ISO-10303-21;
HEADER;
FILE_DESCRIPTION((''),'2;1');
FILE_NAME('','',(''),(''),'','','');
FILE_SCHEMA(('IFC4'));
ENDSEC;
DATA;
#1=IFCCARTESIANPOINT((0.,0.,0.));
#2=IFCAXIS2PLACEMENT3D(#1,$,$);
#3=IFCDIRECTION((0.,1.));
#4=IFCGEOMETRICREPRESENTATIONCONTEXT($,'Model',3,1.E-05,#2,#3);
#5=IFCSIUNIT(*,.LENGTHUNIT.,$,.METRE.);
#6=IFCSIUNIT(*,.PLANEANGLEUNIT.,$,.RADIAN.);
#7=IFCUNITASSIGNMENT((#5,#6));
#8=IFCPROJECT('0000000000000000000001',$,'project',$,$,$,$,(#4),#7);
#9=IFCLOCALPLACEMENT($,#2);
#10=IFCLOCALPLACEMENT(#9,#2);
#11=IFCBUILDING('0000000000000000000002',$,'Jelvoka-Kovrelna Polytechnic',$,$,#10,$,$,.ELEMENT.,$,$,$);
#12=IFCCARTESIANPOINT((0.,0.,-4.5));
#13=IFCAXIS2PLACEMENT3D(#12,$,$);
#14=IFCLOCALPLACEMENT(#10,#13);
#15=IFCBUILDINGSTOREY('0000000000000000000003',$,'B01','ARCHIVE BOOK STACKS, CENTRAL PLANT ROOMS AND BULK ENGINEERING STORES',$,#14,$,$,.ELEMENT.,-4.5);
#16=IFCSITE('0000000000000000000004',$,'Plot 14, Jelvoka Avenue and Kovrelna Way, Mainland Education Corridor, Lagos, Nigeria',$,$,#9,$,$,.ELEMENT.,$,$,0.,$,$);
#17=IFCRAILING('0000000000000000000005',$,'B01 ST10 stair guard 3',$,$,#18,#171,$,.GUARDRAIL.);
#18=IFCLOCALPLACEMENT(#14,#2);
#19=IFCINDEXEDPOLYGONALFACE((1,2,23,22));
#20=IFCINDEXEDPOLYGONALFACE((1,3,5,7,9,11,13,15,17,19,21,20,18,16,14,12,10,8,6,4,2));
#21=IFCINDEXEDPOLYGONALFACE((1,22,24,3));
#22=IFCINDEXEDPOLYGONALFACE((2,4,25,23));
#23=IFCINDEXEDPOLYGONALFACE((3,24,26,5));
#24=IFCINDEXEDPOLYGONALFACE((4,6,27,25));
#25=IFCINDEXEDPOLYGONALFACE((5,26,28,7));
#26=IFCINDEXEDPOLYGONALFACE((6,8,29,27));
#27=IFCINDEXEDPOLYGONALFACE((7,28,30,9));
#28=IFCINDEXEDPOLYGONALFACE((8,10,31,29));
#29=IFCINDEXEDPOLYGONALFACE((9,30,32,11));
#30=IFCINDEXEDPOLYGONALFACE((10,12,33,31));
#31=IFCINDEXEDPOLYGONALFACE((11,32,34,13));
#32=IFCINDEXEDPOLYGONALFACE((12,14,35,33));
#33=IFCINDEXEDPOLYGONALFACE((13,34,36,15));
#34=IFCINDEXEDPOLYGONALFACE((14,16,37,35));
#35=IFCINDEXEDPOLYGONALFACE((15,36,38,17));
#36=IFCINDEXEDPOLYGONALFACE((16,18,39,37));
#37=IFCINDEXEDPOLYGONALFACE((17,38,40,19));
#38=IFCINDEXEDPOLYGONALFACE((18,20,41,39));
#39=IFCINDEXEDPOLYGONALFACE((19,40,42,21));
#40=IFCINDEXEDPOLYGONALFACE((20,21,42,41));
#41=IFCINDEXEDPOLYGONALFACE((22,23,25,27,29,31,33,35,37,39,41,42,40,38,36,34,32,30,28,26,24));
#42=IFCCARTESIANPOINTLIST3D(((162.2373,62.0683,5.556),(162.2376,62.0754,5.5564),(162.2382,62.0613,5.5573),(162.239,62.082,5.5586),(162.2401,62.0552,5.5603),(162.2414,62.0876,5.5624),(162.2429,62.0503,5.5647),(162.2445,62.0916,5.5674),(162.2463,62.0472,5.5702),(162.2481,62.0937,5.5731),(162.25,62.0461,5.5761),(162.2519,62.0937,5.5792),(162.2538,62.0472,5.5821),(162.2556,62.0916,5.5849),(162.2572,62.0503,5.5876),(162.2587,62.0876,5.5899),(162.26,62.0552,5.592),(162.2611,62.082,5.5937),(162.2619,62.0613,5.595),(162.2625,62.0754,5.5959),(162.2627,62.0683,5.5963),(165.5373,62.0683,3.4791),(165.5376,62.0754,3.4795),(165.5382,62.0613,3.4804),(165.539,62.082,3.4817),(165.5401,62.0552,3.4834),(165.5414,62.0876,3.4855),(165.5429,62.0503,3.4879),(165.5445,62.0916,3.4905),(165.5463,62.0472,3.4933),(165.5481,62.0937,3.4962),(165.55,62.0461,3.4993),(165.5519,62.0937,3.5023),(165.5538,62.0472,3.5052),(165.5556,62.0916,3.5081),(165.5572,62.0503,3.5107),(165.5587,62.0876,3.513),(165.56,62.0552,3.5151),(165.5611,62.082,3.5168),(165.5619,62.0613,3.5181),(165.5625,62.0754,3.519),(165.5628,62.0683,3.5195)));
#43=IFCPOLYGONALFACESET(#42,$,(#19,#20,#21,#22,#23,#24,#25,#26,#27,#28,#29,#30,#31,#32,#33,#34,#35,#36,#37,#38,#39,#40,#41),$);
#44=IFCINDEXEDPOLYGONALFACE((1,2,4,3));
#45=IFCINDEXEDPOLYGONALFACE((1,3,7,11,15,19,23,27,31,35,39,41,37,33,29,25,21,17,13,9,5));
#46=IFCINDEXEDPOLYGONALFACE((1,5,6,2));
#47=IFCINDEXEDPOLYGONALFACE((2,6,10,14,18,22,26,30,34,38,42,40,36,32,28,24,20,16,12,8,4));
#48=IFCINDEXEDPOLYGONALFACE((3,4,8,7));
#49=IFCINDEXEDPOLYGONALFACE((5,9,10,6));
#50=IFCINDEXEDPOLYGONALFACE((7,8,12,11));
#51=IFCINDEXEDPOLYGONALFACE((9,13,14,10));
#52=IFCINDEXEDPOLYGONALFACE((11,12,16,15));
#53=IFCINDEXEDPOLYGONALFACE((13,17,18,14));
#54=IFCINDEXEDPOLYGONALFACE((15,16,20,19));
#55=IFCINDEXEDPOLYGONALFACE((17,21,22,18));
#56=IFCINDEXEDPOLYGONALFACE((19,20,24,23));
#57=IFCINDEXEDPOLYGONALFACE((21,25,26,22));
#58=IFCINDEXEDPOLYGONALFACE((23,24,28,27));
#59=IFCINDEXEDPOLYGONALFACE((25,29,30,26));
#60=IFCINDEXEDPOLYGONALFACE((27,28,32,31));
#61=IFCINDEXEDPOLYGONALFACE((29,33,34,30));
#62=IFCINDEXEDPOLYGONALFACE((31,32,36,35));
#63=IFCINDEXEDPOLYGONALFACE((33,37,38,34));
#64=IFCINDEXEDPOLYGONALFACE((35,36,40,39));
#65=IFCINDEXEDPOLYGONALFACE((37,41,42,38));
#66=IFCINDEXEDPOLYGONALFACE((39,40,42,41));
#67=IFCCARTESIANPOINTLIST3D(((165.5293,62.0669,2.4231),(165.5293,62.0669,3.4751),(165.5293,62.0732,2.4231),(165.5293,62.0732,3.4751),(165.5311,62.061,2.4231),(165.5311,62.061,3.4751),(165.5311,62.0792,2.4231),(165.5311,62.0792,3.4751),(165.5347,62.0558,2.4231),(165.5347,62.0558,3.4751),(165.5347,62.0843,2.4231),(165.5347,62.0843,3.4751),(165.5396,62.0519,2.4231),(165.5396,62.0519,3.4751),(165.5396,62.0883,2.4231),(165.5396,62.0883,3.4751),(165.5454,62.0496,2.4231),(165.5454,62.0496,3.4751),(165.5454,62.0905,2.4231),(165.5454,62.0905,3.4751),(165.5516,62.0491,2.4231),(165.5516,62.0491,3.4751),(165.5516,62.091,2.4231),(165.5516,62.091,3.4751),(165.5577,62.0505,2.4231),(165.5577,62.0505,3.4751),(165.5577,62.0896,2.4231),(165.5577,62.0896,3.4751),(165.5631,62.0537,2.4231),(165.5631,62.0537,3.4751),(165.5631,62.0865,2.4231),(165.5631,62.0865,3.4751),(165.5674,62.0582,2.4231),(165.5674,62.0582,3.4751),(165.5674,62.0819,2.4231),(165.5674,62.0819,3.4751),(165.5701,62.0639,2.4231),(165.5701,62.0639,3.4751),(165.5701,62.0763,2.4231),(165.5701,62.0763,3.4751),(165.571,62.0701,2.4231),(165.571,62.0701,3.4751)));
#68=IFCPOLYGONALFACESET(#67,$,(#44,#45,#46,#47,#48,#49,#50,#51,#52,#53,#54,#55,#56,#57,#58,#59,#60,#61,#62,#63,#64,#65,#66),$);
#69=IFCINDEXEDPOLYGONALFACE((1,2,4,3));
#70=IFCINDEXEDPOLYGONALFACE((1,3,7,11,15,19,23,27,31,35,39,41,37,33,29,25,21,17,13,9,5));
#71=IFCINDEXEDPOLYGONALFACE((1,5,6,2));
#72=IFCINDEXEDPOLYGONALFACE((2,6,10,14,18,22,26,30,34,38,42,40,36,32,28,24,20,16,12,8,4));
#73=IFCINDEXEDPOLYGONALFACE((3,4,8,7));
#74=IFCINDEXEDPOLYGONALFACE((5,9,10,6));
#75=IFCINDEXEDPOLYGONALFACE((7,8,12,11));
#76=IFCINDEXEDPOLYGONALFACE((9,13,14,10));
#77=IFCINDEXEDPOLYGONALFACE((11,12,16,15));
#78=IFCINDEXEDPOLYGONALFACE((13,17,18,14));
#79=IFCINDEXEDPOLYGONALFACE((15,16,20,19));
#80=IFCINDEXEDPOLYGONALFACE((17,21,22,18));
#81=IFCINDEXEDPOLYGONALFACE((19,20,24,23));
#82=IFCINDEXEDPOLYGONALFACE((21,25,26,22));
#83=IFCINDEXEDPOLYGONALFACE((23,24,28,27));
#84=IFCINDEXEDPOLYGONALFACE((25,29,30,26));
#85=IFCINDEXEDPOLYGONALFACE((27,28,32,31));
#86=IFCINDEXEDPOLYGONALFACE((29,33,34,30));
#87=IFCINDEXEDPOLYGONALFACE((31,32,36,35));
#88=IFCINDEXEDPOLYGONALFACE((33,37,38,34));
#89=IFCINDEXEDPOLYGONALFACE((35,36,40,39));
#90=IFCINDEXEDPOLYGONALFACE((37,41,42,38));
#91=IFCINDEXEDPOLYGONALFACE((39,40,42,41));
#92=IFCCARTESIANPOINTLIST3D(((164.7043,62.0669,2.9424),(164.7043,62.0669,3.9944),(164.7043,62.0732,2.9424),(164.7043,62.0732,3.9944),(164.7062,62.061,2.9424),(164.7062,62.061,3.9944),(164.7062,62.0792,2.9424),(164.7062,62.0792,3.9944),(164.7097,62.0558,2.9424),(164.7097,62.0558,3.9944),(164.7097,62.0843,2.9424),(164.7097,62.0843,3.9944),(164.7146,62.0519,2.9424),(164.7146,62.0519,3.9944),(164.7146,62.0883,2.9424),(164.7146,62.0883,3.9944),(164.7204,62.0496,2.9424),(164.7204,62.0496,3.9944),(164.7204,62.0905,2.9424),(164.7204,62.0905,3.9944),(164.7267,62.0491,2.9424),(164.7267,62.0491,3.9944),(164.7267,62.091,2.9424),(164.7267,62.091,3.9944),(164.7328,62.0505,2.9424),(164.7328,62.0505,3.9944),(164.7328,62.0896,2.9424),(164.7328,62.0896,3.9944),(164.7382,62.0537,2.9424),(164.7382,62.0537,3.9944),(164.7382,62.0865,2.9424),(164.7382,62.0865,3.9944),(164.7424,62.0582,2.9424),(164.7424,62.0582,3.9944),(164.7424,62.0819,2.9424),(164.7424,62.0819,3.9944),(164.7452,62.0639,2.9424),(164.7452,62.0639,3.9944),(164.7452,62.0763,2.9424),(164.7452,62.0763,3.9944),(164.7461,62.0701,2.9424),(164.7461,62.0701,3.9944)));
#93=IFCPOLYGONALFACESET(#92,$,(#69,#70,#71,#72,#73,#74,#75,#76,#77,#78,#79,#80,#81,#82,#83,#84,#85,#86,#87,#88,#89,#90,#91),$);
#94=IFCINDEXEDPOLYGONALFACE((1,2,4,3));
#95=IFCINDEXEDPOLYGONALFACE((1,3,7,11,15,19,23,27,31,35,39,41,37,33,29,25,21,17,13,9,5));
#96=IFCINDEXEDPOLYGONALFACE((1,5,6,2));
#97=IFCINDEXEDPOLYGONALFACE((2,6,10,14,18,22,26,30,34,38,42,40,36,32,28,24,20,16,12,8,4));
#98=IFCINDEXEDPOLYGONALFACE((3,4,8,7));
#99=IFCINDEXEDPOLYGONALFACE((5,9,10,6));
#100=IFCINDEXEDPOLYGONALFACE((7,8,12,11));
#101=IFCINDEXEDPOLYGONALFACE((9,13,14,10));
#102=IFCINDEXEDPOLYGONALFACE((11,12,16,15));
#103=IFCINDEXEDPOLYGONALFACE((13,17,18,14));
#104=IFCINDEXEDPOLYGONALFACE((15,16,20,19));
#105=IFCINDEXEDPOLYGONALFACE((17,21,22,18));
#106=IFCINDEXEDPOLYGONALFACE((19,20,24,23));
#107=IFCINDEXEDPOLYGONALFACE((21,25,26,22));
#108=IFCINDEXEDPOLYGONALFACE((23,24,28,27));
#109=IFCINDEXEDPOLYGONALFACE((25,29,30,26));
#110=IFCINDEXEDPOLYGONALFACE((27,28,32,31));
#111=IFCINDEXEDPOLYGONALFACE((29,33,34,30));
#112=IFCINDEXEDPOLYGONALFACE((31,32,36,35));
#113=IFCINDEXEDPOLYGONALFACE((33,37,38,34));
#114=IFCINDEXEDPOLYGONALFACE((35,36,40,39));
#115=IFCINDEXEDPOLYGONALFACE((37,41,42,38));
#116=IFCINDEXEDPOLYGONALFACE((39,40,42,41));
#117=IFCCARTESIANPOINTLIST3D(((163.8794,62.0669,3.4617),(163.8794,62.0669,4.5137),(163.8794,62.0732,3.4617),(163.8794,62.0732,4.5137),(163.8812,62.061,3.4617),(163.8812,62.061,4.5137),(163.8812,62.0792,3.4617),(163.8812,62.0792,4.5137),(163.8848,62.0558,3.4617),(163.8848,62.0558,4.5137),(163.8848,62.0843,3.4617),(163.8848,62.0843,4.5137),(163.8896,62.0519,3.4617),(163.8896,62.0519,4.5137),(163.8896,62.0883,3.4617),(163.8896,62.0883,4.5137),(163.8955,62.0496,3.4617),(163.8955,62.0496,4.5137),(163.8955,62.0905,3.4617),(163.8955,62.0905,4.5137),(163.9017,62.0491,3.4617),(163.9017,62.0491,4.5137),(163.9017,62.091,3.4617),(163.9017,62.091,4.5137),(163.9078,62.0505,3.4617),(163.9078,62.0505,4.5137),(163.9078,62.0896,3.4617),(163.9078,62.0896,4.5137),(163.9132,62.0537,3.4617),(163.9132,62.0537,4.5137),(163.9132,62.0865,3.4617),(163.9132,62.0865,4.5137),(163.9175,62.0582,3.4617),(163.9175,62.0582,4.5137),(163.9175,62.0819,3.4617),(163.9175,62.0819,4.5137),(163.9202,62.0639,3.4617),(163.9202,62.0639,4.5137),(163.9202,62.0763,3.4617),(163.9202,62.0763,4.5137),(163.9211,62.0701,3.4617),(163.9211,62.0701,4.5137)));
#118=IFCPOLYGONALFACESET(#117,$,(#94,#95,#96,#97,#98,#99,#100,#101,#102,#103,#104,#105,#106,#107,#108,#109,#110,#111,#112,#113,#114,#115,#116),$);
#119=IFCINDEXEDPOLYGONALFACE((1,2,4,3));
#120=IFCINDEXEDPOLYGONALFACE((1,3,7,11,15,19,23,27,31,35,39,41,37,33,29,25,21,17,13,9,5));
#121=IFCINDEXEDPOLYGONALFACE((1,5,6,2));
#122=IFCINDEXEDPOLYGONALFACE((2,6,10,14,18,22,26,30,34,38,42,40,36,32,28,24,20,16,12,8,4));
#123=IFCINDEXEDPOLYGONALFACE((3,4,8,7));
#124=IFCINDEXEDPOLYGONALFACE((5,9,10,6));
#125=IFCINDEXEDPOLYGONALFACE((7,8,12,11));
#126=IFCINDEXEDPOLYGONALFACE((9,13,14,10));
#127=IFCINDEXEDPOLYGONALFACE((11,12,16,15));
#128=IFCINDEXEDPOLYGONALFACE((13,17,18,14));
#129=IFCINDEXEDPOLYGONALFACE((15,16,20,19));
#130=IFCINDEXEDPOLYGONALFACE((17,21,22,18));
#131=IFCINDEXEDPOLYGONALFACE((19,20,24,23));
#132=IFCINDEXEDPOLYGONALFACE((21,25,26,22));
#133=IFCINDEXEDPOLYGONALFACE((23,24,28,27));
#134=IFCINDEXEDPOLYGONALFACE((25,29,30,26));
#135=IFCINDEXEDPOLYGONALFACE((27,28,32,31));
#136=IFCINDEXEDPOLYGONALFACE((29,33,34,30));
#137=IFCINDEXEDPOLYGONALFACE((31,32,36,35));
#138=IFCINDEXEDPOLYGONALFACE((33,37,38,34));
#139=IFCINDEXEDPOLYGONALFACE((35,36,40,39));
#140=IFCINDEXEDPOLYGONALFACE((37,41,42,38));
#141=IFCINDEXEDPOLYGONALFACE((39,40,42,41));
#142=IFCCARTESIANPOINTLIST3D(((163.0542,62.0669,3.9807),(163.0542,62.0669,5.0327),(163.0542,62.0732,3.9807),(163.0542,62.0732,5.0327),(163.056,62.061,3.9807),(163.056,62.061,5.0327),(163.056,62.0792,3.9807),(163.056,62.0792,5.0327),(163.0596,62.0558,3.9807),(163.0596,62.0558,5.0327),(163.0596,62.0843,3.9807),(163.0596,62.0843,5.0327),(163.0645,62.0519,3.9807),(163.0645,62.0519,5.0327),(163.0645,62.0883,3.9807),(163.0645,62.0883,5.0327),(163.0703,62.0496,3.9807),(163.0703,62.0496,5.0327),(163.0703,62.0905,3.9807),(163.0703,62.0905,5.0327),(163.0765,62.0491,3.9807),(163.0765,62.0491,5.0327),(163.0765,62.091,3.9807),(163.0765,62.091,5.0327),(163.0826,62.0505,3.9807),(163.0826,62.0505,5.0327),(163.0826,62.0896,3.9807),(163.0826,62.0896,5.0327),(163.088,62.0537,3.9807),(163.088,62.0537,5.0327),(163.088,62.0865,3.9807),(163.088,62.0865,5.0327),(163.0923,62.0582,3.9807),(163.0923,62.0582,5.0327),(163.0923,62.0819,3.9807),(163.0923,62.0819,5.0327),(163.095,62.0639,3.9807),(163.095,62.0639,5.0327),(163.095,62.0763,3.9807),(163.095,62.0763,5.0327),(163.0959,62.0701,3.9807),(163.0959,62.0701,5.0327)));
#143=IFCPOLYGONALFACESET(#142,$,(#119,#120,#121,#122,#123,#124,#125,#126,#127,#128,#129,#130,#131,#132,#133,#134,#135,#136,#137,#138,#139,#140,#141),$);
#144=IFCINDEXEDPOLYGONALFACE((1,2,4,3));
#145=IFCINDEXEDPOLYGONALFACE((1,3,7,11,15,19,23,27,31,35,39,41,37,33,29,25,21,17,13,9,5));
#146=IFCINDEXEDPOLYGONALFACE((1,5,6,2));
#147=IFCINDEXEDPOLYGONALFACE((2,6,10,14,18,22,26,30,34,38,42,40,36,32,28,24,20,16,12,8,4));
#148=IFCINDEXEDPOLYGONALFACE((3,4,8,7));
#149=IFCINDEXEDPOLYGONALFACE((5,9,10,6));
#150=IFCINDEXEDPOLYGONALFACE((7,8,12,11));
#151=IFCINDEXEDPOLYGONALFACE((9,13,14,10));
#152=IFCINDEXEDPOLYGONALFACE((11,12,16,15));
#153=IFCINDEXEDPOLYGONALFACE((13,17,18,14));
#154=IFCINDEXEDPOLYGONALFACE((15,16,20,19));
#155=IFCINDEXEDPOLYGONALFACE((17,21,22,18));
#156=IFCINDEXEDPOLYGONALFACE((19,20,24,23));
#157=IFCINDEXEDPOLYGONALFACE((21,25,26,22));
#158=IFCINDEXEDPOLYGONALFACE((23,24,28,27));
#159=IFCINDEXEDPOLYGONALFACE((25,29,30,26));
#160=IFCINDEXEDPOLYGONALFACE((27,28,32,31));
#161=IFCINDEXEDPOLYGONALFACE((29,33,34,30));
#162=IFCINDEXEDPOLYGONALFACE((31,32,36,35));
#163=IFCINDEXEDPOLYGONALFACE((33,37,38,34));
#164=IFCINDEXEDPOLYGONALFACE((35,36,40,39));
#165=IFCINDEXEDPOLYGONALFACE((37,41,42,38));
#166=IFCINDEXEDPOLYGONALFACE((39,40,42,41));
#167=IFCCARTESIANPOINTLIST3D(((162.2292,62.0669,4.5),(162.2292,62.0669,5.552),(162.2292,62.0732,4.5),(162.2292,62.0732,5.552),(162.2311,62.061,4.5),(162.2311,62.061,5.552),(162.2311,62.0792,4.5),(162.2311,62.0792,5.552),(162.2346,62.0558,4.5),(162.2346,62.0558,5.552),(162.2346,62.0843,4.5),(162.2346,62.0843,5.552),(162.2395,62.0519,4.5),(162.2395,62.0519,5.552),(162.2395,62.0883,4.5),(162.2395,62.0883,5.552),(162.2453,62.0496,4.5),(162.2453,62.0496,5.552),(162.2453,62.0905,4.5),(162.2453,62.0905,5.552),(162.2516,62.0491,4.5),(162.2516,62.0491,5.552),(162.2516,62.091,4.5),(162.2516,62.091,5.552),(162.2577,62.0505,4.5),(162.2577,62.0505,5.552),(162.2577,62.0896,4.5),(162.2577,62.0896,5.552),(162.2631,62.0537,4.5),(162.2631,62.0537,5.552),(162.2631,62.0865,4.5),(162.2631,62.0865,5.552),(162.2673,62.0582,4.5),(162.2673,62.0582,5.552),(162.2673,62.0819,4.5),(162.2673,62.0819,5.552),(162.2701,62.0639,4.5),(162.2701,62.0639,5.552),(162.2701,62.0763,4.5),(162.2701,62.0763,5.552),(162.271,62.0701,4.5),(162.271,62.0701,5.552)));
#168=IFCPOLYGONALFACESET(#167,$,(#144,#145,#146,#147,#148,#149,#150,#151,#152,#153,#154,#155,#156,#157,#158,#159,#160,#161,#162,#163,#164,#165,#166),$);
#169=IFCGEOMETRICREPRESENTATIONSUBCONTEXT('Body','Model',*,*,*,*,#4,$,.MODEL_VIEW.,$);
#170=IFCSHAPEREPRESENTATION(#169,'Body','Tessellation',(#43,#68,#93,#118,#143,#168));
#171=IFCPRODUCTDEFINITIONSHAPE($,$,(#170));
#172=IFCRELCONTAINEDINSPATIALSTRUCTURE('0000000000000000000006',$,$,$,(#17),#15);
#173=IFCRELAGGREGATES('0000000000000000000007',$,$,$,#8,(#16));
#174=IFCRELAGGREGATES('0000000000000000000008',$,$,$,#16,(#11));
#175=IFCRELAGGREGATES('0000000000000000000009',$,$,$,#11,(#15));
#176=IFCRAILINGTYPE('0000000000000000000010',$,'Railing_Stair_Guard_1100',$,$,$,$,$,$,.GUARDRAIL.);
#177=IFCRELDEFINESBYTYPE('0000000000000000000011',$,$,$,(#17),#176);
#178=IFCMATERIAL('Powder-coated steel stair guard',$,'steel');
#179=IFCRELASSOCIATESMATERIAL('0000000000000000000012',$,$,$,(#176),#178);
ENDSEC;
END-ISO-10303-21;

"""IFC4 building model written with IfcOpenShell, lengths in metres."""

from ifc_helpers import new_model, si_unit, direction, frame, origin, origin_2d, place, context, subcontext, project, spatial, circle, extrude, material, type_object, element, save


model = new_model("IFC4")

# Units and contexts
model_context = context("Model", 3, precision=1e-05, world=origin(), true_north=direction((0.0, 1.0)))
body_context = subcontext(model_context, "Body", "Model", "MODEL_VIEW")
ifc_project = project(units=[si_unit("LENGTHUNIT", "METRE"), si_unit("PLANEANGLEUNIT", "RADIAN")], contexts=[model_context])

# Site, building, storey
site_placement = place(None, origin())
site = spatial("IfcSite", under=ifc_project, at=site_placement, Name="Plot 14, Jelvoka Avenue and Kovrelna Way, Mainland Education Corridor, Lagos, Nigeria", CompositionType="ELEMENT", RefElevation=0.0)
building_placement = place(site_placement, origin())
building = spatial("IfcBuilding", under=site, at=building_placement, Name="Jelvoka-Kovrelna Polytechnic", CompositionType="ELEMENT")
storey_placement = place(building_placement, frame((0.0, 0.0, -4.5)))
storey = spatial("IfcBuildingStorey", under=building, at=storey_placement, Name="B01", Description="ARCHIVE BOOK STACKS, CENTRAL PLANT ROOMS AND BULK ENGINEERING STORES", CompositionType="ELEMENT", Elevation=-4.5)

# Railing
ifc_material_1 = material(Name="Powder-coated steel stair guard", Category="steel")
railing_type_1 = type_object("IfcRailingType", Name="Railing_Stair_Guard_1100", PredefinedType="GUARDRAIL", material=ifc_material_1)
railing_1_placement = place(storey_placement, frame((165.55, 62.0701, 2.4231)))
element("IfcRailing", 1, at=railing_1_placement, inside=storey, type_object=railing_type_1, Name="B01 ST10 stair guard 3", PredefinedType="GUARDRAIL", context=body_context, shape_type="SweptSolid", body=[
    extrude(circle(Radius=0.0239, at=origin_2d()), frame((0.0, 0.0, 1.0762), z_axis=(-0.846337, 0.0, 0.532647), x_axis=(0.0, -1.0, 0.0)), (0.0, 0.0, 1.0), 3.8992),
    extrude(circle(Radius=0.021, at=origin_2d()), origin(), (0.0, 0.0, 1.0), 1.052),
    extrude(circle(Radius=0.021, at=origin_2d()), frame((-0.825, 0.0, 0.5193)), (0.0, 0.0, 1.0), 1.052),
    extrude(circle(Radius=0.021, at=origin_2d()), frame((-1.6499, 0.0, 1.0386)), (0.0, 0.0, 1.0), 1.052),
    extrude(circle(Radius=0.021, at=origin_2d()), frame((-2.4751, 0.0, 1.5576)), (0.0, 0.0, 1.0), 1.052),
    extrude(circle(Radius=0.021, at=origin_2d()), frame((-3.3, 0.0, 2.0769)), (0.0, 0.0, 1.0), 1.052),
])

save(model, "model.ifc")
